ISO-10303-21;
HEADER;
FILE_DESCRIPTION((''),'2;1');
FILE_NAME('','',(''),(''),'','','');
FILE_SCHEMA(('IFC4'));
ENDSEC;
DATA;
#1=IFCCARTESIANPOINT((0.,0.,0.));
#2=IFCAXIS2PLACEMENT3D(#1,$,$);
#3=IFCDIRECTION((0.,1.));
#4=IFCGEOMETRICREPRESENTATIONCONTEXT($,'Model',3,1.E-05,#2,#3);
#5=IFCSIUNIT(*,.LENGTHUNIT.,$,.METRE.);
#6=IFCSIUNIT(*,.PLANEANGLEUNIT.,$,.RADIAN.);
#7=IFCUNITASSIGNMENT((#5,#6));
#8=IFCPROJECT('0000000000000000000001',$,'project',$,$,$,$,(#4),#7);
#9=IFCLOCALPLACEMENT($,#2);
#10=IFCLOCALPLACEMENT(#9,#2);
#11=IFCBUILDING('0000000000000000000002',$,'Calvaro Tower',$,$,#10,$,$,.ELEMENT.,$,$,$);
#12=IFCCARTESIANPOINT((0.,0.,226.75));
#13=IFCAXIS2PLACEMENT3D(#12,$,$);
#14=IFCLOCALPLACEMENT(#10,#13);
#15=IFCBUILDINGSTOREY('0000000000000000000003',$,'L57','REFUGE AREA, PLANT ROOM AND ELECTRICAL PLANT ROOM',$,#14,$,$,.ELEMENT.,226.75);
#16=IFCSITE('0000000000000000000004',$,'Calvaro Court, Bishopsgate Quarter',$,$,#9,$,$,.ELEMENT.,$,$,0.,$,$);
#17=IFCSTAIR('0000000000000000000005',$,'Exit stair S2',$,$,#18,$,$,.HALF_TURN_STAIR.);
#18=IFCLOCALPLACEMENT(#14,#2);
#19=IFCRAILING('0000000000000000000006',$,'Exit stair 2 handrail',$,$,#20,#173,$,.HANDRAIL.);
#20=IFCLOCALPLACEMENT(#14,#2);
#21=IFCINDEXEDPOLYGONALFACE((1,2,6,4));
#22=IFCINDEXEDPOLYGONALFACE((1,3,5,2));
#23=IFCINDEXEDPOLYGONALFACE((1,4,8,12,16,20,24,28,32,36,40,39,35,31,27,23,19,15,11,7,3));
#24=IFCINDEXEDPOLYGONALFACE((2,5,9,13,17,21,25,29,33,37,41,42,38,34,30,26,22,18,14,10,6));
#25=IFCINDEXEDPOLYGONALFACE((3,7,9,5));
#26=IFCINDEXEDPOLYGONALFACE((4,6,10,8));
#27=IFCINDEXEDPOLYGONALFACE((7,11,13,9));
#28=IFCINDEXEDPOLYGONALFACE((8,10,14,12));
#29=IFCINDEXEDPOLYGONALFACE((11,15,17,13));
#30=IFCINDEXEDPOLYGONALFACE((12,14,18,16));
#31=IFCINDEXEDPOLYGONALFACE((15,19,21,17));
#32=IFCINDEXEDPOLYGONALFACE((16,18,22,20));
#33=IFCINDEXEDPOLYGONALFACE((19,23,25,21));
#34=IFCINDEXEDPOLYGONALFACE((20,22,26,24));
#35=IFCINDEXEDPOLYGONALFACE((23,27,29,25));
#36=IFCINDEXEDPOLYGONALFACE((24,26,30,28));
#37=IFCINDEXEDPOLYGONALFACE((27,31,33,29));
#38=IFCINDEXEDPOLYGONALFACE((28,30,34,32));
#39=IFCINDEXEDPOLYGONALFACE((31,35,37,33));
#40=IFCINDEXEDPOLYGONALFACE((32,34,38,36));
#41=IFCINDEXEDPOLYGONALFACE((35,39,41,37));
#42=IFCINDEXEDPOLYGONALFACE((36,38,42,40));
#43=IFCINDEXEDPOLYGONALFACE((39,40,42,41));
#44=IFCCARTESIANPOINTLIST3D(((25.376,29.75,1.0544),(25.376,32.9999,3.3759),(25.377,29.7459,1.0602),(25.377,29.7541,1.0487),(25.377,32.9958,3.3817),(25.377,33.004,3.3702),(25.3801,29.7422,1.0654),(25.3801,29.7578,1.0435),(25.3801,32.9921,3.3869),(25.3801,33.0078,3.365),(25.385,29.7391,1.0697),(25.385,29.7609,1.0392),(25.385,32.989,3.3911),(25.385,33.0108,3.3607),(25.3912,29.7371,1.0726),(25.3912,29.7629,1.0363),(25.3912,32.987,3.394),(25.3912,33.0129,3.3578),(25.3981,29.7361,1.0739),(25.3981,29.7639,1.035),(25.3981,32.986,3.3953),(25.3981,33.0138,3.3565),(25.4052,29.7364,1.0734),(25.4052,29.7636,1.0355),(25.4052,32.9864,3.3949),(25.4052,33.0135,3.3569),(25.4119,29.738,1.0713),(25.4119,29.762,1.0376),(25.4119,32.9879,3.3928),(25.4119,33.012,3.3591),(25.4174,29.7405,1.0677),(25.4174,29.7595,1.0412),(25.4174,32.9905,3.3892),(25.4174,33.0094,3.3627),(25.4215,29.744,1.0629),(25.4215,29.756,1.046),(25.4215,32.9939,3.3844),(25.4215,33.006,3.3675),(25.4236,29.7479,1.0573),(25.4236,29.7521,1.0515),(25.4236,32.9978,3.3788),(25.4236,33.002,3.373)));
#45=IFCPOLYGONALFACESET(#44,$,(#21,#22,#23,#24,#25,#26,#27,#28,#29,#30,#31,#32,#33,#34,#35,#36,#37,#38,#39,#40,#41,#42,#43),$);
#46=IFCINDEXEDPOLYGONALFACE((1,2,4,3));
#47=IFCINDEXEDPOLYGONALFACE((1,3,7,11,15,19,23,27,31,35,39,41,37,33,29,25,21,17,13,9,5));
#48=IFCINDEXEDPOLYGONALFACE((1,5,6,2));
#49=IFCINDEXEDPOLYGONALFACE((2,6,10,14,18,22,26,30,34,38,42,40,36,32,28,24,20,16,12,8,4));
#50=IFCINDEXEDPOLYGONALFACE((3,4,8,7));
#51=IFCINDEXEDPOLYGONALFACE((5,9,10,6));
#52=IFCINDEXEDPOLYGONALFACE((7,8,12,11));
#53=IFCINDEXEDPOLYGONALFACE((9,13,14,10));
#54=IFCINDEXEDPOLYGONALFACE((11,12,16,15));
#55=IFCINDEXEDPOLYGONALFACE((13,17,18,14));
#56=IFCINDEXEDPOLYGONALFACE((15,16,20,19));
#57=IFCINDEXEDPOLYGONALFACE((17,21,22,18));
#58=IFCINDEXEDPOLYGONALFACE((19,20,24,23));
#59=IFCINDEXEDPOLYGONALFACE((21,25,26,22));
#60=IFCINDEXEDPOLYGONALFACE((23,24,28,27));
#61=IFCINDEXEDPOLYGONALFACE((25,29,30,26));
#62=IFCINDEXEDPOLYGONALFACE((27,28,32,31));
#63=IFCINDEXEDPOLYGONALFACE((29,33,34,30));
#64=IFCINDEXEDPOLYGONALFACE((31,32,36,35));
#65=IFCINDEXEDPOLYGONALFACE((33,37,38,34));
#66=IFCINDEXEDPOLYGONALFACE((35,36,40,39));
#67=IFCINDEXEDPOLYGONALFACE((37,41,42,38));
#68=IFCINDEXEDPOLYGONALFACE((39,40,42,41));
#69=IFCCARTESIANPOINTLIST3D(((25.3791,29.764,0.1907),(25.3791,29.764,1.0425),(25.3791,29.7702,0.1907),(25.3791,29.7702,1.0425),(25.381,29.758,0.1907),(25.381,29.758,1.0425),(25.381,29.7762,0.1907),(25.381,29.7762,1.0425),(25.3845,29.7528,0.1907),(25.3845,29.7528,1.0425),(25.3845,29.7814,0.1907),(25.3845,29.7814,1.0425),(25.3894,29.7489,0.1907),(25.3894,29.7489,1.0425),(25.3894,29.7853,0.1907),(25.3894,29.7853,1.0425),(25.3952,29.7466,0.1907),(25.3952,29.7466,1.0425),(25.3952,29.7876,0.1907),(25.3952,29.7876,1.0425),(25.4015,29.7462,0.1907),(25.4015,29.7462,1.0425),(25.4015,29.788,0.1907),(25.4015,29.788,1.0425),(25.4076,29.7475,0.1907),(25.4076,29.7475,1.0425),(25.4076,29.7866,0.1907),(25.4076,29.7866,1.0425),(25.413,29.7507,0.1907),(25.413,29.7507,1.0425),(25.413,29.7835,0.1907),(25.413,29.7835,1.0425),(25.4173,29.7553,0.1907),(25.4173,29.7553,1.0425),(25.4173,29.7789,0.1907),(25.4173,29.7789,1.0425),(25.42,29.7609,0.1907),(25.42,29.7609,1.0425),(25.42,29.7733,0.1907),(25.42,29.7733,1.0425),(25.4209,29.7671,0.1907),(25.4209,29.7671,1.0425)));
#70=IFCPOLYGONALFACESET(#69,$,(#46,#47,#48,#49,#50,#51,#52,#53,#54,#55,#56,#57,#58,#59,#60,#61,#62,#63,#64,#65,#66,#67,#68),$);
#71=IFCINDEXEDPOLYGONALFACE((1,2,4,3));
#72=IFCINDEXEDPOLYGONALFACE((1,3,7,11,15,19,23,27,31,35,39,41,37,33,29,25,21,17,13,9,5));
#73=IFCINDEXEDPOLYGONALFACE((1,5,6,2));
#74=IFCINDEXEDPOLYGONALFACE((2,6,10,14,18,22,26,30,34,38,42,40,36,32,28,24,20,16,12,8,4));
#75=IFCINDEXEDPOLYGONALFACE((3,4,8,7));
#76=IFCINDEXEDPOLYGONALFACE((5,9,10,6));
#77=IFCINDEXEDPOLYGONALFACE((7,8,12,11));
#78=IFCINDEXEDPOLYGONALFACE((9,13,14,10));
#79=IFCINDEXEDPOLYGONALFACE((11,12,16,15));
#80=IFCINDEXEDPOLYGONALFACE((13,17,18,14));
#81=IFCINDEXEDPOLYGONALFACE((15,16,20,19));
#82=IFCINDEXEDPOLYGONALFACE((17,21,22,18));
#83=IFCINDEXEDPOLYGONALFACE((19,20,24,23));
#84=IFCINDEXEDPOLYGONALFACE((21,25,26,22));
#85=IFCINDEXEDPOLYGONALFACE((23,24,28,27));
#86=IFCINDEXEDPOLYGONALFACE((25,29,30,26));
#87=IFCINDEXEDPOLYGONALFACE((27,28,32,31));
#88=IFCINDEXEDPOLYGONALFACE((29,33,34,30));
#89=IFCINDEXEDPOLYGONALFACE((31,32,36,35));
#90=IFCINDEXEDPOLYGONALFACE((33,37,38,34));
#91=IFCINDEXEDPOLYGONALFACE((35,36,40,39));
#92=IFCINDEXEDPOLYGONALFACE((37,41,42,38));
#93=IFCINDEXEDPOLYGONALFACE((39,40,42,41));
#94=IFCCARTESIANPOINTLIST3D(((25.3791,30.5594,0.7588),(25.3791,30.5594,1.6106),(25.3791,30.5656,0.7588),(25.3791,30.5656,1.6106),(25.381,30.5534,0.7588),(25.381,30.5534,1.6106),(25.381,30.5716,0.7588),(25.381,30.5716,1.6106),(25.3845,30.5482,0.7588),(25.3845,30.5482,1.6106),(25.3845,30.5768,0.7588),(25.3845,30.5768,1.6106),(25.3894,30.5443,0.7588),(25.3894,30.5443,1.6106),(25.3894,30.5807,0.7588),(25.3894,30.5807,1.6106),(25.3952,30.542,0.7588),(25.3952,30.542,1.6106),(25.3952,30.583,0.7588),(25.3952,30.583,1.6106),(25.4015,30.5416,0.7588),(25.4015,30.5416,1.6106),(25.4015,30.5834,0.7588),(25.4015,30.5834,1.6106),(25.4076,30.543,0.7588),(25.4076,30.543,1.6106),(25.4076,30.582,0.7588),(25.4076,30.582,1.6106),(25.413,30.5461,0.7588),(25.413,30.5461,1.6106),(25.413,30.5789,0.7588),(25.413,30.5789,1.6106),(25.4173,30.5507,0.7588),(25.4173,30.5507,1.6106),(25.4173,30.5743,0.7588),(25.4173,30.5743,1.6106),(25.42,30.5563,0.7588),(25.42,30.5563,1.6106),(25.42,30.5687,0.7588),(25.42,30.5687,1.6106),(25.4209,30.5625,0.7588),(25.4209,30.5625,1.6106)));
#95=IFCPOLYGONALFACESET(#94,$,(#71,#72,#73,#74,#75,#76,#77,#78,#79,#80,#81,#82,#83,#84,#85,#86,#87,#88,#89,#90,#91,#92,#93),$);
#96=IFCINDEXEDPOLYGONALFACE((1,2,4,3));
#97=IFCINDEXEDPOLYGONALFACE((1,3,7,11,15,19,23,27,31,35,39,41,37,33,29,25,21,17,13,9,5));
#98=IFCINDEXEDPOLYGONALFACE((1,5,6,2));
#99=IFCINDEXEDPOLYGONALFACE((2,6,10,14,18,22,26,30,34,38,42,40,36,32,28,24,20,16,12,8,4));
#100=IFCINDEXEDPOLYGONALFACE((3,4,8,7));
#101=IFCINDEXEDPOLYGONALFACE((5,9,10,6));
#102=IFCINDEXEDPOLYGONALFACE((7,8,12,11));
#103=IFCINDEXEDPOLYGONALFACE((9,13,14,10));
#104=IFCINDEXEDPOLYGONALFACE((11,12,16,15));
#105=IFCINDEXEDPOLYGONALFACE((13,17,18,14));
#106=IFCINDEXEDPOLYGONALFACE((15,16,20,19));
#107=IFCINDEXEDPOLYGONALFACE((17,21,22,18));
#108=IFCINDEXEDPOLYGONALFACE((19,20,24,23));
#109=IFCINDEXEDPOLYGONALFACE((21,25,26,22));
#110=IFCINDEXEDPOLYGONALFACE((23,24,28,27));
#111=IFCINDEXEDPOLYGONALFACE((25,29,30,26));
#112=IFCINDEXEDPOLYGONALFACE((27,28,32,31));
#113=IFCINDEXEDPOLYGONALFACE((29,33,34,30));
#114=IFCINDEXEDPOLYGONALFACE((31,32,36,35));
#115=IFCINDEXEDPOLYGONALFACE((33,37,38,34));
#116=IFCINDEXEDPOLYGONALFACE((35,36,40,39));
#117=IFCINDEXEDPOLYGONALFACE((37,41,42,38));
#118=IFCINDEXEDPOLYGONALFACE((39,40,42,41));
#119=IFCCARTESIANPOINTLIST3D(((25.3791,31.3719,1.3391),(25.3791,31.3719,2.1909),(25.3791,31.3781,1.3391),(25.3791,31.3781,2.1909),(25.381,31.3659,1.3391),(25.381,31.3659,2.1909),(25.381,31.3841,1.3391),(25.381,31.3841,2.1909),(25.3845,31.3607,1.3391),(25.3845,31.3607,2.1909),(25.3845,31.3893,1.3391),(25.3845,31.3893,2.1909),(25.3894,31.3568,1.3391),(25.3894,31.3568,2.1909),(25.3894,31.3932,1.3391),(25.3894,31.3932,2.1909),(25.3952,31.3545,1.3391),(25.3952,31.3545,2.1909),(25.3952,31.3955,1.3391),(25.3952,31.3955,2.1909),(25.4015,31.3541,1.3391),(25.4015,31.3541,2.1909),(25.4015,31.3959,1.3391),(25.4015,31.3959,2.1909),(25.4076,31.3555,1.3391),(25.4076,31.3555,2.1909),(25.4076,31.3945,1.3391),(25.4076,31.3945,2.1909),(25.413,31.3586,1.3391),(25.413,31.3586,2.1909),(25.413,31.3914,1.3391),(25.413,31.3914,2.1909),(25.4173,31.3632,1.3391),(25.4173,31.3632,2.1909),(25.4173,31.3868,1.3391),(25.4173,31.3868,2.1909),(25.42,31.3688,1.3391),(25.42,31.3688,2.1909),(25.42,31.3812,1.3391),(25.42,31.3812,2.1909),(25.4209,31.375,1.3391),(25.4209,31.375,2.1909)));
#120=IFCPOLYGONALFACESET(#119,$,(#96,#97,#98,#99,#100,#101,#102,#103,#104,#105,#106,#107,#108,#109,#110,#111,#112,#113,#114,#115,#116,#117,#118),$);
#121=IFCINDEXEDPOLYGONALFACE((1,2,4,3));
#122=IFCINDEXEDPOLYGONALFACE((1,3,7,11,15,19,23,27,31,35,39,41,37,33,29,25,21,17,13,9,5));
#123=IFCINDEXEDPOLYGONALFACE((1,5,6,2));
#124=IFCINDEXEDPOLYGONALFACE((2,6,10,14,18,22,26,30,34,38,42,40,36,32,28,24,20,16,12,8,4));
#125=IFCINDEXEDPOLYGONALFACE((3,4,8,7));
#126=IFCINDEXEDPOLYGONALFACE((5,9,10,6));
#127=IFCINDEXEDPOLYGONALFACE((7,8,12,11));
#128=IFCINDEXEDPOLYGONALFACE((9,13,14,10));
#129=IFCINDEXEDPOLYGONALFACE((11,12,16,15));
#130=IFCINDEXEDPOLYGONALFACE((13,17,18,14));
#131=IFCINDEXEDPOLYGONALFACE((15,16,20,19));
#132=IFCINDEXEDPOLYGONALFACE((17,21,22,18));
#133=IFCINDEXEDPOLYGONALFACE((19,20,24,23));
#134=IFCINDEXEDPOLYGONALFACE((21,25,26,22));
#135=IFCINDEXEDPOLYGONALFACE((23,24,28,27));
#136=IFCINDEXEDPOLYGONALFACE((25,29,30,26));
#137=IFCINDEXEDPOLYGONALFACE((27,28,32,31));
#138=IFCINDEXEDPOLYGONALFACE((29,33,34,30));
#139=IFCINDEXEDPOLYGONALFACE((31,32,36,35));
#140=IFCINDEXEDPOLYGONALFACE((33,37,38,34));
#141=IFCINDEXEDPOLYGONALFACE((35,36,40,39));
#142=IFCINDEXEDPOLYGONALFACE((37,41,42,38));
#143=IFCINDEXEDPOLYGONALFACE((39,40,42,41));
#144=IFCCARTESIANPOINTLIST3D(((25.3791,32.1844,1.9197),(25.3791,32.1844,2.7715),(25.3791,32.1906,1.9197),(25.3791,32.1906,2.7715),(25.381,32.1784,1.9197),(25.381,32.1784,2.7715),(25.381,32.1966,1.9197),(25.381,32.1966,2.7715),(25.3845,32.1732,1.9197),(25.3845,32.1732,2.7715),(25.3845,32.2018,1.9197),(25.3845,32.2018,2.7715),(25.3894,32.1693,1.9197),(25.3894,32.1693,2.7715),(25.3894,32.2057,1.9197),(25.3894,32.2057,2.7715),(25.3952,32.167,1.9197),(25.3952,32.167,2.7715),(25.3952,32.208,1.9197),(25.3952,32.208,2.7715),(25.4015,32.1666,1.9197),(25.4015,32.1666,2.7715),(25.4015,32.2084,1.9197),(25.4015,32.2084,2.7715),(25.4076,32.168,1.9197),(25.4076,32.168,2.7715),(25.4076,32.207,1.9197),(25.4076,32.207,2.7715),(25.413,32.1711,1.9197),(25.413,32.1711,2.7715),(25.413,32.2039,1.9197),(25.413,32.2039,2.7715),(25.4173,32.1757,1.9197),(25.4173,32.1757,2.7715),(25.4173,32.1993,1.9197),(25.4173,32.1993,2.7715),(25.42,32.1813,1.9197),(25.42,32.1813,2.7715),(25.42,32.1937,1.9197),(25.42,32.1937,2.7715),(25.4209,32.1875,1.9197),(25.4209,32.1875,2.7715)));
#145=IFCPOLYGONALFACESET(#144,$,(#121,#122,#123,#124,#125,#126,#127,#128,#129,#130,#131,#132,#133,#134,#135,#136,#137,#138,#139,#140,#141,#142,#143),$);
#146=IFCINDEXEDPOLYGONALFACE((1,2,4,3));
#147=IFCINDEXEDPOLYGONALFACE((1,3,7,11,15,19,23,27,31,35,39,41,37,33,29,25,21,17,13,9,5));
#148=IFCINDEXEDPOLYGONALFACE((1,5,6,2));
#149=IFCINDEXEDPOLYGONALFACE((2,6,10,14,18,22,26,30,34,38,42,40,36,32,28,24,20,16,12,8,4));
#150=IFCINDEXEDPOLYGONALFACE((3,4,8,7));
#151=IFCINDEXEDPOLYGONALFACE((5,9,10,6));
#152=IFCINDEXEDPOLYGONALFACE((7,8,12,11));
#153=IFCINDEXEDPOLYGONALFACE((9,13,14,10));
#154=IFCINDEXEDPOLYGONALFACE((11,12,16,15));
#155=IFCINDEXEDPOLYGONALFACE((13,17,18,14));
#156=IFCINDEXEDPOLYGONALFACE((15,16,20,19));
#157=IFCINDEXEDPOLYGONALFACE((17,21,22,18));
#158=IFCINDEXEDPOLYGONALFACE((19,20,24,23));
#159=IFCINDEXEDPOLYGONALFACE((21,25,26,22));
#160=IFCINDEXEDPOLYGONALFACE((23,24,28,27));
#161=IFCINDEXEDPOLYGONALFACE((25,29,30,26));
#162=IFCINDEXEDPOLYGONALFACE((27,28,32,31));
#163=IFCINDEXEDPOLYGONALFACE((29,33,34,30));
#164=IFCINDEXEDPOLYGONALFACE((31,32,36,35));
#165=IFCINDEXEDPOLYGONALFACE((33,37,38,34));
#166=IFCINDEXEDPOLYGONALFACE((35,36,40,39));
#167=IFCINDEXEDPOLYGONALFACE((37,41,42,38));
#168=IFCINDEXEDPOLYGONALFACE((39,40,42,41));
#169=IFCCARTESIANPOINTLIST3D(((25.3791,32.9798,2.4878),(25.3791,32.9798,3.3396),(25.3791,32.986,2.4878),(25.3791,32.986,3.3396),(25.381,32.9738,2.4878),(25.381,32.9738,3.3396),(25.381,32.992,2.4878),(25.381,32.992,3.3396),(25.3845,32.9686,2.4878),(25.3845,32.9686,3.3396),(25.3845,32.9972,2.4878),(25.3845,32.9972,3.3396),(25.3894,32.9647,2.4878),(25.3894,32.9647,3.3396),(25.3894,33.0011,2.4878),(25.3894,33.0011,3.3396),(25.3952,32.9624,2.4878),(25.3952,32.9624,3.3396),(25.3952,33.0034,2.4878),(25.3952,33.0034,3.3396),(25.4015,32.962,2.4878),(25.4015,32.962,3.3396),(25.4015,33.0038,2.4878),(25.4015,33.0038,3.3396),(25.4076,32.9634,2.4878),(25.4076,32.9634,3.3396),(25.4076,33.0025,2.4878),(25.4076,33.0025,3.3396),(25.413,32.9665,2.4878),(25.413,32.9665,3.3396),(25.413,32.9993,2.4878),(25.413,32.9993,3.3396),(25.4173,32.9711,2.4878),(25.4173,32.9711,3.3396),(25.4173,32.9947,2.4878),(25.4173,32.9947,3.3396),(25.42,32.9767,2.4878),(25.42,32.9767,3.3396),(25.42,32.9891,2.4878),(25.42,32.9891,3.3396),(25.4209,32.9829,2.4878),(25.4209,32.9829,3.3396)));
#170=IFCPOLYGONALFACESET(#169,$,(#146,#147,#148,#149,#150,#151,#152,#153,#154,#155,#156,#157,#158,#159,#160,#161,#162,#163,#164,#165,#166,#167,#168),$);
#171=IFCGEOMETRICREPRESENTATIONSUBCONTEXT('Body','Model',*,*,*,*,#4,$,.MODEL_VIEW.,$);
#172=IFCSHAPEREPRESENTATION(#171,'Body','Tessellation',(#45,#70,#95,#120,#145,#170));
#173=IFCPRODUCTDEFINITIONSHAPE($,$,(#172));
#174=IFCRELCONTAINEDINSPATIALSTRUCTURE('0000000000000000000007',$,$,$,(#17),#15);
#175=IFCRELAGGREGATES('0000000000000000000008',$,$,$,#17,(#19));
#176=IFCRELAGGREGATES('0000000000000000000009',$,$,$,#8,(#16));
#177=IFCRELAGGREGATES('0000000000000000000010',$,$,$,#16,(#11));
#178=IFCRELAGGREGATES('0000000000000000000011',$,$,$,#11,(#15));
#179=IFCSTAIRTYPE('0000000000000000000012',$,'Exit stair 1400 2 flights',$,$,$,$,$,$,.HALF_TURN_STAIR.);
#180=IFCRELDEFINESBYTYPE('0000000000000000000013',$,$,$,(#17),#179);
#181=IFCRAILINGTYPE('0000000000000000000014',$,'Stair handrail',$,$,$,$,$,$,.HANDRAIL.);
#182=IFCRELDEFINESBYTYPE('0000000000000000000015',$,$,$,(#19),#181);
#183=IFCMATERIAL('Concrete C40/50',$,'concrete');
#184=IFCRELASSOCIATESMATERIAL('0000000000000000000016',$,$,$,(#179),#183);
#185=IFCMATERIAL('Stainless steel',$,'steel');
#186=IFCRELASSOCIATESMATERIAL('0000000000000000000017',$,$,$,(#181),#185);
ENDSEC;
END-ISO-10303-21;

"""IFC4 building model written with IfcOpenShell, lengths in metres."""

from ifc_helpers import new_model, si_unit, direction, frame, origin, origin_2d, place, context, subcontext, project, spatial, circle, extrude, material, type_object, element, aggregate, save


model = new_model("IFC4")

# Units and contexts
model_context = context("Model", 3, precision=1e-05, world=origin(), true_north=direction((0.0, 1.0)))
body_context = subcontext(model_context, "Body", "Model", "MODEL_VIEW")
ifc_project = project(units=[si_unit("LENGTHUNIT", "METRE"), si_unit("PLANEANGLEUNIT", "RADIAN")], contexts=[model_context])

# Site, building, storey
site_placement = place(None, origin())
site = spatial("IfcSite", under=ifc_project, at=site_placement, Name="Calvaro Court, Bishopsgate Quarter", CompositionType="ELEMENT", RefElevation=0.0)
building_placement = place(site_placement, origin())
building = spatial("IfcBuilding", under=site, at=building_placement, Name="Calvaro Tower", CompositionType="ELEMENT")
storey_placement = place(building_placement, frame((0.0, 0.0, 226.75)))
storey = spatial("IfcBuildingStorey", under=building, at=storey_placement, Name="L57", Description="REFUGE AREA, PLANT ROOM AND ELECTRICAL PLANT ROOM", CompositionType="ELEMENT", Elevation=226.75)

# Stair, railing
ifc_material_1 = material(Name="Concrete C40/50", Category="concrete")
stair_type = type_object("IfcStairType", Name="Exit stair 1400 2 flights", PredefinedType="HALF_TURN_STAIR", material=ifc_material_1)
stair_placement = place(storey_placement, origin())
stair = element("IfcStair", 1, at=stair_placement, inside=storey, type_object=stair_type, Name="Exit stair S2", PredefinedType="HALF_TURN_STAIR")
ifc_material_2 = material(Name="Stainless steel", Category="steel")
railing_type = type_object("IfcRailingType", Name="Stair handrail", PredefinedType="HANDRAIL", material=ifc_material_2)
railing_1_placement = place(storey_placement, frame((25.3999, 29.75, 0.1785)))
railing_1 = element("IfcRailing", 2, at=railing_1_placement, type_object=railing_type, Name="Exit stair 2 handrail", PredefinedType="HANDRAIL", context=body_context, shape_type="SweptSolid", body=[
    extrude(circle(Radius=0.0239, at=origin_2d()), frame((0.0, 0.0, 0.876), z_axis=(0.0, 0.813721, 0.581256), x_axis=(-1.0, 0.0, 0.0)), (0.0, 0.0, 1.0), 3.9939),
    extrude(circle(Radius=0.021, at=origin_2d()), frame((0.0, 0.0171, 0.0122)), (0.0, 0.0, 1.0), 0.8518),
    extrude(circle(Radius=0.021, at=origin_2d()), frame((0.0, 0.8125, 0.5803)), (0.0, 0.0, 1.0), 0.8518),
    extrude(circle(Radius=0.021, at=origin_2d()), frame((0.0, 1.625, 1.1606)), (0.0, 0.0, 1.0), 0.8518),
    extrude(circle(Radius=0.021, at=origin_2d()), frame((0.0, 2.4375, 1.7412)), (0.0, 0.0, 1.0), 0.8518),
    extrude(circle(Radius=0.021, at=origin_2d()), frame((0.0, 3.2329, 2.3093)), (0.0, 0.0, 1.0), 0.8518),
])
aggregate(stair, [railing_1])

save(model, "model.ifc")
